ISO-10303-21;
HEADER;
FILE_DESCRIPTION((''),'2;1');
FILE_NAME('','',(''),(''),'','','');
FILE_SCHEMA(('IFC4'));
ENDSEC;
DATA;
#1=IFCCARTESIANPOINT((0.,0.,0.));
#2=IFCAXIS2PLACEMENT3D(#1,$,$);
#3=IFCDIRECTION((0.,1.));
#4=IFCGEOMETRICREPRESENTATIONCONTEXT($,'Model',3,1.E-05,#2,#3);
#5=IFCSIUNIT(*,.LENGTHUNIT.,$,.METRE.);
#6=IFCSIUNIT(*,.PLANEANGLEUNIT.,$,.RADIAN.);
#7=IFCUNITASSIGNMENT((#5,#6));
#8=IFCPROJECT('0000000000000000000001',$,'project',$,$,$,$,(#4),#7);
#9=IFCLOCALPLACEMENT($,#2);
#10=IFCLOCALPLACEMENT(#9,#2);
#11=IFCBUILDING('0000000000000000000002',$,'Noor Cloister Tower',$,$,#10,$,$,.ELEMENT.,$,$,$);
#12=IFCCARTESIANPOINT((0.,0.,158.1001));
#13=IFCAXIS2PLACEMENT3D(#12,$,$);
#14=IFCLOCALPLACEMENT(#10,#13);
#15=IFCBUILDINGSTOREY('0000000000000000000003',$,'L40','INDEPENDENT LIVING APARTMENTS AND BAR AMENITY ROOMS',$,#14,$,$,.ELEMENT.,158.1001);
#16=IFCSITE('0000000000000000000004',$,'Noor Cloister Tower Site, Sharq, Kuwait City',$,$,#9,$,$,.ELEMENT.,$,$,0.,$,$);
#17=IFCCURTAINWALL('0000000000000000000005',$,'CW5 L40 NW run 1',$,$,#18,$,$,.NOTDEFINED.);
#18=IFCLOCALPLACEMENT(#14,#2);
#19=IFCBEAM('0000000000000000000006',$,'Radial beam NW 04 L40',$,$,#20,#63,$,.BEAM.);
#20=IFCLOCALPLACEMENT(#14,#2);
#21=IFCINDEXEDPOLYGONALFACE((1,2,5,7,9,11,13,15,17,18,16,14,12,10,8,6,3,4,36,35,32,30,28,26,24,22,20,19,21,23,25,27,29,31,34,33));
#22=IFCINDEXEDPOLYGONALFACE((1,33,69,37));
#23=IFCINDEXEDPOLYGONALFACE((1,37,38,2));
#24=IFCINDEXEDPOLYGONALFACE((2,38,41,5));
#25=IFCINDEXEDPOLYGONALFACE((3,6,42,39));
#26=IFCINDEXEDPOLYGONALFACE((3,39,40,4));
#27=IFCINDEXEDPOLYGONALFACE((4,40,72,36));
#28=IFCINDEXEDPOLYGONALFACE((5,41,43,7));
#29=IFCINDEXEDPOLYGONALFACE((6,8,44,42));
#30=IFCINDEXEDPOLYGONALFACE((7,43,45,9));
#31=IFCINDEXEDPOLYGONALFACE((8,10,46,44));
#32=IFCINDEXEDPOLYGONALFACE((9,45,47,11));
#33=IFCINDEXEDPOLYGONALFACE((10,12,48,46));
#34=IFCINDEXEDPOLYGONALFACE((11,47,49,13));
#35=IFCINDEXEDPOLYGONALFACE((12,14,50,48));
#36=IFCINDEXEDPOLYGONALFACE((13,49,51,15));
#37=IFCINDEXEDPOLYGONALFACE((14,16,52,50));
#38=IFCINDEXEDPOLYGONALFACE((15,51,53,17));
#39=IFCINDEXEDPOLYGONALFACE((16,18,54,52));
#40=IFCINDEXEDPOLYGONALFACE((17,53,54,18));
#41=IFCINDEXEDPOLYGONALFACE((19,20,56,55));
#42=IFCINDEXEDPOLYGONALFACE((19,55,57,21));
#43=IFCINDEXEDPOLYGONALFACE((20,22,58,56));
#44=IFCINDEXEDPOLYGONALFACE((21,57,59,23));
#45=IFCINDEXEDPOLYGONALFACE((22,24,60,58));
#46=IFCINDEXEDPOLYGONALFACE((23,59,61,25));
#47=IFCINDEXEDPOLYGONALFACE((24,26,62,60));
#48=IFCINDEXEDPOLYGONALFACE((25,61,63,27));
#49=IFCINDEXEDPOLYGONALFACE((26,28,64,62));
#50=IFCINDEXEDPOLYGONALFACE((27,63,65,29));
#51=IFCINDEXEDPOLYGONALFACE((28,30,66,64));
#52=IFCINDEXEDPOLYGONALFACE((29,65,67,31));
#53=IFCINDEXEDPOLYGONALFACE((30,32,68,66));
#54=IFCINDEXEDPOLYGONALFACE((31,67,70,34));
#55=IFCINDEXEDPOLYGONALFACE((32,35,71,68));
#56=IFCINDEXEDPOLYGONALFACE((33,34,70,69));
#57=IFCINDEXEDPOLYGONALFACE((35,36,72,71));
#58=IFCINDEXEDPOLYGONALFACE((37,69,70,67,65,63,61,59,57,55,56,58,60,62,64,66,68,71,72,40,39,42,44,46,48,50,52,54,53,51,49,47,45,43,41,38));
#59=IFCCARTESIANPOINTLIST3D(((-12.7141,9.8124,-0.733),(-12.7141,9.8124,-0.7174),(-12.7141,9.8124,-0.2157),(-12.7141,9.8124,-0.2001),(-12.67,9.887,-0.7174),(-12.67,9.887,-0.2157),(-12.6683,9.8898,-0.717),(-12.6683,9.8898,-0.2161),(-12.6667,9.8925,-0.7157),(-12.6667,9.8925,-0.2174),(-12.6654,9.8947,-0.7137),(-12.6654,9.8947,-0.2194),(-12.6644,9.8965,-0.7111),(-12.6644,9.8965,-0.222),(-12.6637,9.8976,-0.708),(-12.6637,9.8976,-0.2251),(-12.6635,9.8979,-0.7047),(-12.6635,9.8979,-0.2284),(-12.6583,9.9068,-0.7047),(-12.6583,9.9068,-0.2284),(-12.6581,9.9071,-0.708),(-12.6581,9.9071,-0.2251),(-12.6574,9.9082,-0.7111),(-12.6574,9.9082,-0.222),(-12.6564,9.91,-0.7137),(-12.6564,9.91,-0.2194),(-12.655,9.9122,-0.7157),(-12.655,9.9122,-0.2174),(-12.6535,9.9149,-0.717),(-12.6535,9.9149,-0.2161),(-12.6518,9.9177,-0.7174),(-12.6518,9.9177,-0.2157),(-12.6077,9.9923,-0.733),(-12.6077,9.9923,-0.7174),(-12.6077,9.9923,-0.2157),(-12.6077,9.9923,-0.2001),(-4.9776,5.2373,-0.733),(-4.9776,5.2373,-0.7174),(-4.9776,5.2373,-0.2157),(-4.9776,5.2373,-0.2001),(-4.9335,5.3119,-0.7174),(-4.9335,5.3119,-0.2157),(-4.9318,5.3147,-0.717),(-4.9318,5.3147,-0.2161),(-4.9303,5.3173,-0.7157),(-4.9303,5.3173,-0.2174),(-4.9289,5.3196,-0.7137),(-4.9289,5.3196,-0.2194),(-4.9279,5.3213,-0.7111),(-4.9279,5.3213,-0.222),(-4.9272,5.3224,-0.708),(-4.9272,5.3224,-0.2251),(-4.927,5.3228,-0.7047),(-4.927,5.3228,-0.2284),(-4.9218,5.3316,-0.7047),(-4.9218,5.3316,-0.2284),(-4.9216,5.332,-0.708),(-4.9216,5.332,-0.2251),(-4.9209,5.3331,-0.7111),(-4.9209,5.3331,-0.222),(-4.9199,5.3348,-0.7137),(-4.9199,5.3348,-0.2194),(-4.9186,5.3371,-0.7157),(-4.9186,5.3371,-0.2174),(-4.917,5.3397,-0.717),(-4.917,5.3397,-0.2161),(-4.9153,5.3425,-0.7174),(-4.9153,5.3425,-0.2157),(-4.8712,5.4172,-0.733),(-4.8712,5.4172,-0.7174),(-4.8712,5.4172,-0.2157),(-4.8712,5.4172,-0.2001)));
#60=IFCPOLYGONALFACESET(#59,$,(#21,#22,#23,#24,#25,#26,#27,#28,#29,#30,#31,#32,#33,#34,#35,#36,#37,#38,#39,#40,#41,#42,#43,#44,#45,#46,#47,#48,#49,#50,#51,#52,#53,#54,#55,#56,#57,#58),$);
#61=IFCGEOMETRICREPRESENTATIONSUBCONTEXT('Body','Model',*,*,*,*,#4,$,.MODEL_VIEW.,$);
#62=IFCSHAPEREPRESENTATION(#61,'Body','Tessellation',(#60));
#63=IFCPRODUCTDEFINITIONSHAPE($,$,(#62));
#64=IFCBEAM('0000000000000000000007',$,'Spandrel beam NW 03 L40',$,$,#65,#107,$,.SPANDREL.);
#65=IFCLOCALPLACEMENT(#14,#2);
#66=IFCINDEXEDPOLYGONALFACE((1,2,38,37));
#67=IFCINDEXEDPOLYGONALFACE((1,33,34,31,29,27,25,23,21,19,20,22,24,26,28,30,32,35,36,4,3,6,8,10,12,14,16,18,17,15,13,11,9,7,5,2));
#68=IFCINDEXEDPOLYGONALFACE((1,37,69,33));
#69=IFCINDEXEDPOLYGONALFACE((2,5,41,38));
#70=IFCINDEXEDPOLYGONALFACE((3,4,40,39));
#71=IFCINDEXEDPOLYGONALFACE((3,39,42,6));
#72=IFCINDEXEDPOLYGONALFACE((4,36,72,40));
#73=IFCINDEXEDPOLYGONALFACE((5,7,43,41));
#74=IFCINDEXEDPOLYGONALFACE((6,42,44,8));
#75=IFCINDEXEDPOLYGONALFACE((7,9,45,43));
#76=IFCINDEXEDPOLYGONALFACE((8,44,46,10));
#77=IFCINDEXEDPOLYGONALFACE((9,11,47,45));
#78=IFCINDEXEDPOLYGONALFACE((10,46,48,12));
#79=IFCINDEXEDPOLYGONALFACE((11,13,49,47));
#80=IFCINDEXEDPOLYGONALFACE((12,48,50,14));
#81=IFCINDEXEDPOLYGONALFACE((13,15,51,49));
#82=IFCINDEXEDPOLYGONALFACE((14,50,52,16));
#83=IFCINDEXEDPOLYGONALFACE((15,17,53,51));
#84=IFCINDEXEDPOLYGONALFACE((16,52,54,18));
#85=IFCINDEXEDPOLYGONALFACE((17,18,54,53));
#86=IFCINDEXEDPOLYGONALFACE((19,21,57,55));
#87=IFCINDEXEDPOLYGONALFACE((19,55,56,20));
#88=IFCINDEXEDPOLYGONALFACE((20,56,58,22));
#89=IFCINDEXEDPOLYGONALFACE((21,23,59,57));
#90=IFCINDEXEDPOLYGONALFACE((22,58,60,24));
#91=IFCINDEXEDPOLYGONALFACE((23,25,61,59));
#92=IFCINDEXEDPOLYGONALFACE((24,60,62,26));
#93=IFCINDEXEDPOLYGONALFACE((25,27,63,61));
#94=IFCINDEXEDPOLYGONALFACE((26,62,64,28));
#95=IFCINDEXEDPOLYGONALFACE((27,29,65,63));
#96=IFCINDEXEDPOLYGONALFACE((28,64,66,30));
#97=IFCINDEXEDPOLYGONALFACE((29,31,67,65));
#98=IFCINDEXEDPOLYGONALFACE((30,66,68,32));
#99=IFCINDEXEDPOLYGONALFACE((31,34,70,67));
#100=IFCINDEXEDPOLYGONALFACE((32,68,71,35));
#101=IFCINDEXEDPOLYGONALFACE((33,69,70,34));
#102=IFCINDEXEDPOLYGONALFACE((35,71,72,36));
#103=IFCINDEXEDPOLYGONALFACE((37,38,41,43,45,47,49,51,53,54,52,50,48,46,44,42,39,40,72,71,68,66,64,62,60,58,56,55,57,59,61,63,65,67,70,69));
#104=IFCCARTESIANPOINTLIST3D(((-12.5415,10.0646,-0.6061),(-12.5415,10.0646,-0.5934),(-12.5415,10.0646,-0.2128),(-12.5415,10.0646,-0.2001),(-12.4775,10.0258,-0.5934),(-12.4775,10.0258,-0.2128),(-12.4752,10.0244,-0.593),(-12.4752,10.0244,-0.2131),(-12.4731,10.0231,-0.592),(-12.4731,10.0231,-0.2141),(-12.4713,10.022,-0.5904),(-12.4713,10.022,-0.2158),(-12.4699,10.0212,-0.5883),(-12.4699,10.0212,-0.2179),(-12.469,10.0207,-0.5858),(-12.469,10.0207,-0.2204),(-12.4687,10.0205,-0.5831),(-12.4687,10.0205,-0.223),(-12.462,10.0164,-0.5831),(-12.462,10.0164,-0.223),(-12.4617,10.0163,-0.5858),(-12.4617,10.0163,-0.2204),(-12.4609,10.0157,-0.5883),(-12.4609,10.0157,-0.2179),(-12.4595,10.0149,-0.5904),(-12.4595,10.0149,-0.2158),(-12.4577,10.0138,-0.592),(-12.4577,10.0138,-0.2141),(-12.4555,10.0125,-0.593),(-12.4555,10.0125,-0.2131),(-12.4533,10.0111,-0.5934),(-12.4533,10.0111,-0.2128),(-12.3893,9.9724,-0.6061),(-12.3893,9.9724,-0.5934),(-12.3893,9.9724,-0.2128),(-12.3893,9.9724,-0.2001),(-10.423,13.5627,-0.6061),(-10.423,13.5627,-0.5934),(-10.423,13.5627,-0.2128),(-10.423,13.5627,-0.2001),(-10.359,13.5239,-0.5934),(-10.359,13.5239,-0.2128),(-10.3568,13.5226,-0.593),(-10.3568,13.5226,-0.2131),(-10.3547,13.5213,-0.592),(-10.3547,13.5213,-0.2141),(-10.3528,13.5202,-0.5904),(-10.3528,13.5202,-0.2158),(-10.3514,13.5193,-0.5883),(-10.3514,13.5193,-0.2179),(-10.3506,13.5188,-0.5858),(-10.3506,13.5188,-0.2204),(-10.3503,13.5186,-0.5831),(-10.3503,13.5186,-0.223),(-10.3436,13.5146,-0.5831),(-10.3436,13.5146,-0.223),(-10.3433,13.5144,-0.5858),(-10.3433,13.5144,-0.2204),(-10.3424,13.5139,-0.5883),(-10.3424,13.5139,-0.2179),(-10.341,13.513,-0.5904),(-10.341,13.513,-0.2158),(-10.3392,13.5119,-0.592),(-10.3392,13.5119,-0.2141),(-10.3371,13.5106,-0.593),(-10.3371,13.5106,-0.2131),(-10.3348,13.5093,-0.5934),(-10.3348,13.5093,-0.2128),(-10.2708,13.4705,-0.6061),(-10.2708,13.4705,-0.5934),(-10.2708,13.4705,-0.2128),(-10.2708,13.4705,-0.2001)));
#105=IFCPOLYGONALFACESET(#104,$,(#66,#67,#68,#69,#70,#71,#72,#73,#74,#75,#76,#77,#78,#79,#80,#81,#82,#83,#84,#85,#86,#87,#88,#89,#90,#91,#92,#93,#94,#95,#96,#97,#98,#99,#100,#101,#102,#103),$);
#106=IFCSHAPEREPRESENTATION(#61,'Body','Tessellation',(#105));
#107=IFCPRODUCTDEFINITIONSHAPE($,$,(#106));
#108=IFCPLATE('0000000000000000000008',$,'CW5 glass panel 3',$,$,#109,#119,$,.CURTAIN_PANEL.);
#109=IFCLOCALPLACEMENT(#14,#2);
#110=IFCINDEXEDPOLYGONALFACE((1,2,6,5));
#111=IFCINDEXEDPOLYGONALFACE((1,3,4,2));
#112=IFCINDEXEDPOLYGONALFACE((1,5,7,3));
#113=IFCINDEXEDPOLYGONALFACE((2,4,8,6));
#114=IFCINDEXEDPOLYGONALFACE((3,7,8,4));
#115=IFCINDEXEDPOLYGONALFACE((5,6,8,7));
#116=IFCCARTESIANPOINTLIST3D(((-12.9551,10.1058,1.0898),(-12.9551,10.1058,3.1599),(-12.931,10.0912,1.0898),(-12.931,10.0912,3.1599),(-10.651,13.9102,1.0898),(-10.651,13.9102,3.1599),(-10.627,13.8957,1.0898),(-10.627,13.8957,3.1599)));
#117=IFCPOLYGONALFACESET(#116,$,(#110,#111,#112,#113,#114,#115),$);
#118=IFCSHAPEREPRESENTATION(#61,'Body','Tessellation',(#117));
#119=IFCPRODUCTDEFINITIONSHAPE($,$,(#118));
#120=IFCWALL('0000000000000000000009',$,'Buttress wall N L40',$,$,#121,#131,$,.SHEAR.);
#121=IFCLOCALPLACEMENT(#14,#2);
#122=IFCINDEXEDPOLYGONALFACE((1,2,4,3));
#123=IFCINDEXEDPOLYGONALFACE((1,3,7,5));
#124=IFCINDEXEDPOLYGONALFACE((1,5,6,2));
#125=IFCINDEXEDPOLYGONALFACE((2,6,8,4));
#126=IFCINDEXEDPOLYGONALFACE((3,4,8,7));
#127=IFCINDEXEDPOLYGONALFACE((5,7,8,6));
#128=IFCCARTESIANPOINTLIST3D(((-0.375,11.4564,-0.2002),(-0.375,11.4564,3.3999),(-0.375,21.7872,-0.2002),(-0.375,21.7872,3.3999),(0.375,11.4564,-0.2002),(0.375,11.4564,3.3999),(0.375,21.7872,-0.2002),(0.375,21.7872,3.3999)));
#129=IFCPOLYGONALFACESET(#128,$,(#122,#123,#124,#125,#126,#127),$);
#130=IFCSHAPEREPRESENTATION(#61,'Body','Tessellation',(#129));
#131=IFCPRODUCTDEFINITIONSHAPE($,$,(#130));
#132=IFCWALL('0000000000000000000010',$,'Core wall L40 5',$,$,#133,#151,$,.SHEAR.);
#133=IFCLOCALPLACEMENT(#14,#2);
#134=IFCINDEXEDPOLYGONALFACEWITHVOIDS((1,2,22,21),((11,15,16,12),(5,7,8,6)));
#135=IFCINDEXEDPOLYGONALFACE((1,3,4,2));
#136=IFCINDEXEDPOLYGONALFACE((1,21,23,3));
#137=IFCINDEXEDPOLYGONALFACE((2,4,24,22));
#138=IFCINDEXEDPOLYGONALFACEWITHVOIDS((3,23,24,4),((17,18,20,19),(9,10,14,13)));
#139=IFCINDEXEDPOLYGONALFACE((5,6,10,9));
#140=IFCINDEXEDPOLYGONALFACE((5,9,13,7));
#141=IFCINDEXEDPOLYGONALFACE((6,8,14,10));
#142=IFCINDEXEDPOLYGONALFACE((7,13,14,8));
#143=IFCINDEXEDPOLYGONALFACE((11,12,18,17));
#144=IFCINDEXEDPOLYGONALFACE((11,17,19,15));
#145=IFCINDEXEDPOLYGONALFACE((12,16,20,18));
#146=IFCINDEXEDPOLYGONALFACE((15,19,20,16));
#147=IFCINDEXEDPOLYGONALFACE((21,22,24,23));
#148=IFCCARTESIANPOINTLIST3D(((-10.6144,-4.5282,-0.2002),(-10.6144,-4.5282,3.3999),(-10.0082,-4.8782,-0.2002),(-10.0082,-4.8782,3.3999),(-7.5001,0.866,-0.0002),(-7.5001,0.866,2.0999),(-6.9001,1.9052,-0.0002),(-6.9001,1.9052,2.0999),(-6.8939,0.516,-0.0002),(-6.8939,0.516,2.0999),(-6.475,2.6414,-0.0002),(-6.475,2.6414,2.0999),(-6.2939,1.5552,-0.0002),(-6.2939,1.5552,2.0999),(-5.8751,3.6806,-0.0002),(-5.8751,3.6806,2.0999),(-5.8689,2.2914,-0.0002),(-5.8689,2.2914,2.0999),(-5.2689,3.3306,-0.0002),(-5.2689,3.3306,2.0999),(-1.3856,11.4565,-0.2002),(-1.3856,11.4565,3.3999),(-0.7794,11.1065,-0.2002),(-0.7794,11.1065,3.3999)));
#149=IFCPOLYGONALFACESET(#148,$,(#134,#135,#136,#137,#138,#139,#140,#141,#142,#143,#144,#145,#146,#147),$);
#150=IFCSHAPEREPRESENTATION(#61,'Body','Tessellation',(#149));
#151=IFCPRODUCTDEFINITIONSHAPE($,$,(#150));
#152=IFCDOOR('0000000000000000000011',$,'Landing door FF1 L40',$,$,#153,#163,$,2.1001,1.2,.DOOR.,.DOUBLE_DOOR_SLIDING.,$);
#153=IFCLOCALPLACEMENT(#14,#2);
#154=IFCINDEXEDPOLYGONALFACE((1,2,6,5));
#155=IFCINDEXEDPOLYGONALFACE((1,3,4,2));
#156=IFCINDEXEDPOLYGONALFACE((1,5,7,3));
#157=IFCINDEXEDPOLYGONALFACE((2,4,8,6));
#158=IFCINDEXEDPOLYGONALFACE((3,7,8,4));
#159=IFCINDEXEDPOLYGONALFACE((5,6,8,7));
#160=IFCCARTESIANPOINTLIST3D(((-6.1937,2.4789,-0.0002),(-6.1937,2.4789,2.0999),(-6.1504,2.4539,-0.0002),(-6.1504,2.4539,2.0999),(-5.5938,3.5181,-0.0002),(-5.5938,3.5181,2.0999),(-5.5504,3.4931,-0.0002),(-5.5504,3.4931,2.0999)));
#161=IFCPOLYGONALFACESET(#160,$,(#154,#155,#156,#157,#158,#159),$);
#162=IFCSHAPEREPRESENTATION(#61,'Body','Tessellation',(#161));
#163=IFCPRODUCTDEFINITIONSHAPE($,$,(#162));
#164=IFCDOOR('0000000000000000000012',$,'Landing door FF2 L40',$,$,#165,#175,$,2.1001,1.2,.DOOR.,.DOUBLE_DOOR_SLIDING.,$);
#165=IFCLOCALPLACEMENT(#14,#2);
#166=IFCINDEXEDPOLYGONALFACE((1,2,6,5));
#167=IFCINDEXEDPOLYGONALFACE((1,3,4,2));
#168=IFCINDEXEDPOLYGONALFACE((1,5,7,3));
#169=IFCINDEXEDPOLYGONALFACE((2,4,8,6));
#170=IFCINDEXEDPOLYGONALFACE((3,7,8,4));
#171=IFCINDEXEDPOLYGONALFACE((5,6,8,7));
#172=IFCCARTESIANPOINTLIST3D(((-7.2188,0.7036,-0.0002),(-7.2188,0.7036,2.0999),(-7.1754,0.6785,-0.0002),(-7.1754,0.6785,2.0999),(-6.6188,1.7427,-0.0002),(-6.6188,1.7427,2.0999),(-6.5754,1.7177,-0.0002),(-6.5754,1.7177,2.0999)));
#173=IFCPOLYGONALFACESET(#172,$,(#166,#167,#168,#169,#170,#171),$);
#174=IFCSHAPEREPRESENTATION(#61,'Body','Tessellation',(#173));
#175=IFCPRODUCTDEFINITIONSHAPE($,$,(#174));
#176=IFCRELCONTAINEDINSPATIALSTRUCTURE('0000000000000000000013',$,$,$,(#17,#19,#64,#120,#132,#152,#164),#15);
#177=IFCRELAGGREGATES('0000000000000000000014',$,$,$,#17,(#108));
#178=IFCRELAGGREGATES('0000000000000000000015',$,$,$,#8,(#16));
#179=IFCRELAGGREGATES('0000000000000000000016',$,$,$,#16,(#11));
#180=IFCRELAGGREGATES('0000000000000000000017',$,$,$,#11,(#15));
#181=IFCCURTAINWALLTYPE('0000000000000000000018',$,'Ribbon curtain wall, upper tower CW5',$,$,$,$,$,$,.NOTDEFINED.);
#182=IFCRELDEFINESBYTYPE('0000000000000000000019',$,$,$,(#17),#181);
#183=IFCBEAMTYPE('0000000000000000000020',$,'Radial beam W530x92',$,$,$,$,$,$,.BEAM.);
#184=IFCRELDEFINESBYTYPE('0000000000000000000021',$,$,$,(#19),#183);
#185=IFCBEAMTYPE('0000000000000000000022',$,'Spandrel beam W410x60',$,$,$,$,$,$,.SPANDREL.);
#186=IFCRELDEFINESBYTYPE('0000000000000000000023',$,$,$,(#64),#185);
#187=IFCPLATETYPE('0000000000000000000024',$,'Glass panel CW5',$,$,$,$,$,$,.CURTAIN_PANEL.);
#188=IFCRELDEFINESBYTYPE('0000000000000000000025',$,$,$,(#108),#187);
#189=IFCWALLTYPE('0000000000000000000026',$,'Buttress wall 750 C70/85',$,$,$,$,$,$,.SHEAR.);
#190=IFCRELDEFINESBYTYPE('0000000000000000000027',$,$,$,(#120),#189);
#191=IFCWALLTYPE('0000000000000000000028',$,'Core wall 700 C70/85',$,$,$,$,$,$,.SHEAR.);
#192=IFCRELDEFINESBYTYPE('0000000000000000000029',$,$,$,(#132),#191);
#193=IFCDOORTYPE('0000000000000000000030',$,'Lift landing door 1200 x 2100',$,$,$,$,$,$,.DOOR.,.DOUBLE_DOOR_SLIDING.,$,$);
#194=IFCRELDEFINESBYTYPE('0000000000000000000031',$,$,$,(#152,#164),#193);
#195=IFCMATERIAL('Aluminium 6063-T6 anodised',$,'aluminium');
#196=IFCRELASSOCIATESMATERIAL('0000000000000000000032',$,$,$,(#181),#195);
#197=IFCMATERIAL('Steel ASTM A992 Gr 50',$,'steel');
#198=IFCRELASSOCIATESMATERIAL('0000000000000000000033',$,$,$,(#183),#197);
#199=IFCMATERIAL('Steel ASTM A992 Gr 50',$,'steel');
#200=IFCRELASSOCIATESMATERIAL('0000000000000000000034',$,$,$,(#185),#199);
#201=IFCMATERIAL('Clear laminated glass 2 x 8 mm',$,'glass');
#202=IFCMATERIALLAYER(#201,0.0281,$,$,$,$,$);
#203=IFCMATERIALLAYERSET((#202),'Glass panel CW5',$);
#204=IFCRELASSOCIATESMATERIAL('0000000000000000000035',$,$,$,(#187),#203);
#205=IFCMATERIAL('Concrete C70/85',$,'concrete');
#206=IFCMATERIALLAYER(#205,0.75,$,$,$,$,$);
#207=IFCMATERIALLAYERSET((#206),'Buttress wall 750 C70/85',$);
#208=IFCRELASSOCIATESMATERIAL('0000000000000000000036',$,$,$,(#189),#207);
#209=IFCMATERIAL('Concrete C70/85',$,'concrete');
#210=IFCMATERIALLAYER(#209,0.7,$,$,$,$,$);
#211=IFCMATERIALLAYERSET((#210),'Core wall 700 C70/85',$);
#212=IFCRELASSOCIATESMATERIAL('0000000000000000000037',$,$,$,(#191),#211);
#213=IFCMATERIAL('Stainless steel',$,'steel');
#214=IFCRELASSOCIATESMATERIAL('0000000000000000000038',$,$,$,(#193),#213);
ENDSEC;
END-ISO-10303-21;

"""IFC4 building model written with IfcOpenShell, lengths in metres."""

from ifc_helpers import new_model, si_unit, direction, frame, frame_2d, origin, origin_2d, place, context, subcontext, project, spatial, rectangle, i_section, extrude, material, layer, layer_set, material_profile, profile_set, type_object, element, fill, aggregate, save


model = new_model("IFC4")

# Units and contexts
model_context = context("Model", 3, precision=1e-05, world=origin(), true_north=direction((0.0, 1.0)))
body_context = subcontext(model_context, "Body", "Model", "MODEL_VIEW")
ifc_project = project(units=[si_unit("LENGTHUNIT", "METRE"), si_unit("PLANEANGLEUNIT", "RADIAN")], contexts=[model_context])

# Site, building, storey
site_placement = place(None, origin())
site = spatial("IfcSite", under=ifc_project, at=site_placement, Name="Noor Cloister Tower Site, Sharq, Kuwait City", CompositionType="ELEMENT", RefElevation=0.0)
building_placement = place(site_placement, origin())
building = spatial("IfcBuilding", under=site, at=building_placement, Name="Noor Cloister Tower", CompositionType="ELEMENT")
storey_placement = place(building_placement, frame((0.0, 0.0, 158.1001)))
storey = spatial("IfcBuildingStorey", under=building, at=storey_placement, Name="L40", Description="INDEPENDENT LIVING APARTMENTS AND BAR AMENITY ROOMS", CompositionType="ELEMENT", Elevation=158.1001)

# Curtain wall
ifc_material_1 = material(Name="Aluminium 6063-T6 anodised", Category="aluminium")
curtain_wall_type = type_object("IfcCurtainWallType", Name="Ribbon curtain wall, upper tower CW5", PredefinedType="NOTDEFINED", material=ifc_material_1)
curtain_wall_placement = place(storey_placement, origin())
curtain_wall = element("IfcCurtainWall", 1, at=curtain_wall_placement, inside=storey, type_object=curtain_wall_type, Name="CW5 L40 NW run 1", PredefinedType="NOTDEFINED")

# Beams
ifc_material_2 = material(Name="Steel ASTM A992 Gr 50", Category="steel")
ifc_material_profile_1 = material_profile(ifc_material_2, i_section(OverallWidth=0.209, OverallDepth=0.533, WebThickness=0.0103, FlangeThickness=0.0156, FilletRadius=0.0127, at=origin_2d()), Name="W530x92")
ifc_profile_set_1 = profile_set([ifc_material_profile_1], Name="Steel ASTM A992 Gr 50")
beam_type_1 = type_object("IfcBeamType", Name="Radial beam W530x92", PredefinedType="BEAM", material=ifc_profile_set_1)
beam_1_placement = place(storey_placement, frame((-12.6609, 9.9023, -0.4666), z_axis=(0.860752, -0.509025, 0.0), x_axis=(0.509025, 0.860752, 0.0)))
element("IfcBeam", 2, at=beam_1_placement, inside=storey, type_object=beam_type_1, Name="Radial beam NW 04 L40", PredefinedType="BEAM", context=body_context, shape_type="SweptSolid", body=[
    extrude(i_section(OverallWidth=0.209, OverallDepth=0.533, WebThickness=0.0103, FlangeThickness=0.0156, FilletRadius=0.0127, at=origin_2d()), origin(), (0.0, 0.0, 1.0), 8.988),
])
ifc_material_3 = material(Name="Steel ASTM A992 Gr 50", Category="steel")
ifc_material_profile_2 = material_profile(ifc_material_3, i_section(OverallWidth=0.178, OverallDepth=0.406, WebThickness=0.0078, FlangeThickness=0.0127, FilletRadius=0.0103, at=origin_2d()), Name="W410x60")
ifc_profile_set_2 = profile_set([ifc_material_profile_2], Name="Steel ASTM A992 Gr 50")
beam_type_2 = type_object("IfcBeamType", Name="Spandrel beam W410x60", PredefinedType="SPANDREL", material=ifc_profile_set_2)
beam_2_placement = place(storey_placement, frame((-10.3469, 13.5166, -0.4031), z_axis=(-0.518012, -0.855373, 0.0), x_axis=(0.855373, -0.518012, 0.0)))
element("IfcBeam", 3, at=beam_2_placement, inside=storey, type_object=beam_type_2, Name="Spandrel beam NW 03 L40", PredefinedType="SPANDREL", context=body_context, shape_type="SweptSolid", body=[
    extrude(i_section(OverallWidth=0.178, OverallDepth=0.406, WebThickness=0.0078, FlangeThickness=0.0127, FilletRadius=0.0103, at=origin_2d()), origin(), (0.0, 0.0, 1.0), 4.0896),
])

# Plate
ifc_material_4 = material(Name="Clear laminated glass 2 x 8 mm", Category="glass")
ifc_layer_1 = layer(ifc_material_4, 0.0281)
ifc_layer_set_1 = layer_set([ifc_layer_1], Name="Glass panel CW5")
plate_type = type_object("IfcPlateType", Name="Glass panel CW5", PredefinedType="CURTAIN_PANEL", material=ifc_layer_set_1)
plate_placement = place(storey_placement, frame((-11.791, 12.0007, 1.0898), z_axis=(0.0, 0.0, 1.0), x_axis=(-0.518029, -0.855363, 0.0)))
plate = element("IfcPlate", 4, at=plate_placement, type_object=plate_type, Name="CW5 glass panel 3", PredefinedType="CURTAIN_PANEL", context=body_context, shape_type="SweptSolid", body=[
    extrude(rectangle(XDim=4.4478, YDim=0.0281, at=origin_2d()), origin(), (0.0, 0.0, 1.0), 2.0701),
])
aggregate(curtain_wall, [plate])

# Wall
ifc_material_5 = material(Name="Concrete C70/85", Category="concrete")
ifc_layer_2 = layer(ifc_material_5, 0.75)
ifc_layer_set_2 = layer_set([ifc_layer_2], Name="Buttress wall 750 C70/85")
wall_type_1 = type_object("IfcWallType", Name="Buttress wall 750 C70/85", PredefinedType="SHEAR", material=ifc_layer_set_2)
wall_1_placement = place(storey_placement, frame((0.0, 11.4563, -0.2002), z_axis=(0.0, 0.0, 1.0), x_axis=(0.0, 1.0, 0.0)))
element("IfcWall", 5, at=wall_1_placement, inside=storey, type_object=wall_type_1, Name="Buttress wall N L40", PredefinedType="SHEAR", context=body_context, shape_type="SweptSolid", body=[
    extrude(rectangle(XDim=10.3308, YDim=0.75, at=frame_2d((5.1655, 0.0))), origin(), (0.0, 0.0, 1.0), 3.6001),
])

# Wall, openings, doors
ifc_material_6 = material(Name="Concrete C70/85", Category="concrete")
ifc_layer_3 = layer(ifc_material_6, 0.7)
ifc_layer_set_3 = layer_set([ifc_layer_3], Name="Core wall 700 C70/85")
wall_type_2 = type_object("IfcWallType", Name="Core wall 700 C70/85", PredefinedType="SHEAR", material=ifc_layer_set_3)
wall_2_placement = place(storey_placement, frame((-1.0825, 11.2815, -0.2002), z_axis=(0.0, 0.0, 1.0), x_axis=(-0.500001, -0.866025, 0.0)))
wall_2 = element("IfcWall", 6, at=wall_2_placement, inside=storey, type_object=wall_type_2, Name="Core wall L40 5", PredefinedType="SHEAR", context=body_context, shape_type="SweptSolid", body=[
    extrude(rectangle(XDim=18.4575, YDim=0.7, at=frame_2d((9.2288, 0.0))), origin(), (0.0, 0.0, 1.0), 3.6001),
])
opening_1_placement = place(wall_2_placement, frame((8.9788, 0.0, 0.2)))
opening_1 = element("IfcOpeningElement", 7, at=opening_1_placement, cuts=wall_2, PredefinedType="OPENING", context=body_context, shape_type="SweptSolid", body=[
    extrude(rectangle(XDim=1.2, YDim=2.1001, at=frame_2d((0.6001, 1.05))), frame((0.0, 0.3599, 0.0), z_axis=(0.0, -1.0, 0.0), x_axis=(1.0, 0.0, 0.0)), (0.0, 0.0, 1.0), 0.72),
])
opening_2_placement = place(wall_2_placement, frame((11.0288, 0.0, 0.2)))
opening_2 = element("IfcOpeningElement", 8, at=opening_2_placement, cuts=wall_2, PredefinedType="OPENING", context=body_context, shape_type="SweptSolid", body=[
    extrude(rectangle(XDim=1.2, YDim=2.1001, at=frame_2d((0.6001, 1.05))), frame((0.0, 0.3599, 0.0), z_axis=(0.0, -1.0, 0.0), x_axis=(1.0, 0.0, 0.0)), (0.0, 0.0, 1.0), 0.72),
])
ifc_material_7 = material(Name="Stainless steel", Category="steel")
door_type_1 = type_object("IfcDoorType", Name="Lift landing door 1200 x 2100", OperationType="DOUBLE_DOOR_SLIDING", PredefinedType="DOOR", material=ifc_material_7)
door_1_placement = place(opening_1_placement, origin())
door_1 = element("IfcDoor", 9, at=door_1_placement, inside=storey, type_object=door_type_1, Name="Landing door FF1 L40", OperationType="DOUBLE_DOOR_SLIDING", OverallHeight=2.1001, OverallWidth=1.2, PredefinedType="DOOR", context=body_context, shape_type="SweptSolid", body=[
    extrude(rectangle(XDim=1.2, YDim=2.1001, at=frame_2d((0.6001, 1.05))), frame((0.0, 0.0249, 0.0), z_axis=(0.0, -1.0, 0.0), x_axis=(1.0, 0.0, 0.0)), (0.0, 0.0, 1.0), 0.05),
])
fill(opening_1, door_1)
door_2_placement = place(opening_2_placement, origin())
door_2 = element("IfcDoor", 10, at=door_2_placement, inside=storey, type_object=door_type_1, Name="Landing door FF2 L40", OperationType="DOUBLE_DOOR_SLIDING", OverallHeight=2.1001, OverallWidth=1.2, PredefinedType="DOOR", context=body_context, shape_type="SweptSolid", body=[
    extrude(rectangle(XDim=1.2, YDim=2.1001, at=frame_2d((0.6001, 1.05))), frame((0.0, 0.0249, 0.0), z_axis=(0.0, -1.0, 0.0), x_axis=(1.0, 0.0, 0.0)), (0.0, 0.0, 1.0), 0.05),
])
fill(opening_2, door_2)

save(model, "model.ifc")
